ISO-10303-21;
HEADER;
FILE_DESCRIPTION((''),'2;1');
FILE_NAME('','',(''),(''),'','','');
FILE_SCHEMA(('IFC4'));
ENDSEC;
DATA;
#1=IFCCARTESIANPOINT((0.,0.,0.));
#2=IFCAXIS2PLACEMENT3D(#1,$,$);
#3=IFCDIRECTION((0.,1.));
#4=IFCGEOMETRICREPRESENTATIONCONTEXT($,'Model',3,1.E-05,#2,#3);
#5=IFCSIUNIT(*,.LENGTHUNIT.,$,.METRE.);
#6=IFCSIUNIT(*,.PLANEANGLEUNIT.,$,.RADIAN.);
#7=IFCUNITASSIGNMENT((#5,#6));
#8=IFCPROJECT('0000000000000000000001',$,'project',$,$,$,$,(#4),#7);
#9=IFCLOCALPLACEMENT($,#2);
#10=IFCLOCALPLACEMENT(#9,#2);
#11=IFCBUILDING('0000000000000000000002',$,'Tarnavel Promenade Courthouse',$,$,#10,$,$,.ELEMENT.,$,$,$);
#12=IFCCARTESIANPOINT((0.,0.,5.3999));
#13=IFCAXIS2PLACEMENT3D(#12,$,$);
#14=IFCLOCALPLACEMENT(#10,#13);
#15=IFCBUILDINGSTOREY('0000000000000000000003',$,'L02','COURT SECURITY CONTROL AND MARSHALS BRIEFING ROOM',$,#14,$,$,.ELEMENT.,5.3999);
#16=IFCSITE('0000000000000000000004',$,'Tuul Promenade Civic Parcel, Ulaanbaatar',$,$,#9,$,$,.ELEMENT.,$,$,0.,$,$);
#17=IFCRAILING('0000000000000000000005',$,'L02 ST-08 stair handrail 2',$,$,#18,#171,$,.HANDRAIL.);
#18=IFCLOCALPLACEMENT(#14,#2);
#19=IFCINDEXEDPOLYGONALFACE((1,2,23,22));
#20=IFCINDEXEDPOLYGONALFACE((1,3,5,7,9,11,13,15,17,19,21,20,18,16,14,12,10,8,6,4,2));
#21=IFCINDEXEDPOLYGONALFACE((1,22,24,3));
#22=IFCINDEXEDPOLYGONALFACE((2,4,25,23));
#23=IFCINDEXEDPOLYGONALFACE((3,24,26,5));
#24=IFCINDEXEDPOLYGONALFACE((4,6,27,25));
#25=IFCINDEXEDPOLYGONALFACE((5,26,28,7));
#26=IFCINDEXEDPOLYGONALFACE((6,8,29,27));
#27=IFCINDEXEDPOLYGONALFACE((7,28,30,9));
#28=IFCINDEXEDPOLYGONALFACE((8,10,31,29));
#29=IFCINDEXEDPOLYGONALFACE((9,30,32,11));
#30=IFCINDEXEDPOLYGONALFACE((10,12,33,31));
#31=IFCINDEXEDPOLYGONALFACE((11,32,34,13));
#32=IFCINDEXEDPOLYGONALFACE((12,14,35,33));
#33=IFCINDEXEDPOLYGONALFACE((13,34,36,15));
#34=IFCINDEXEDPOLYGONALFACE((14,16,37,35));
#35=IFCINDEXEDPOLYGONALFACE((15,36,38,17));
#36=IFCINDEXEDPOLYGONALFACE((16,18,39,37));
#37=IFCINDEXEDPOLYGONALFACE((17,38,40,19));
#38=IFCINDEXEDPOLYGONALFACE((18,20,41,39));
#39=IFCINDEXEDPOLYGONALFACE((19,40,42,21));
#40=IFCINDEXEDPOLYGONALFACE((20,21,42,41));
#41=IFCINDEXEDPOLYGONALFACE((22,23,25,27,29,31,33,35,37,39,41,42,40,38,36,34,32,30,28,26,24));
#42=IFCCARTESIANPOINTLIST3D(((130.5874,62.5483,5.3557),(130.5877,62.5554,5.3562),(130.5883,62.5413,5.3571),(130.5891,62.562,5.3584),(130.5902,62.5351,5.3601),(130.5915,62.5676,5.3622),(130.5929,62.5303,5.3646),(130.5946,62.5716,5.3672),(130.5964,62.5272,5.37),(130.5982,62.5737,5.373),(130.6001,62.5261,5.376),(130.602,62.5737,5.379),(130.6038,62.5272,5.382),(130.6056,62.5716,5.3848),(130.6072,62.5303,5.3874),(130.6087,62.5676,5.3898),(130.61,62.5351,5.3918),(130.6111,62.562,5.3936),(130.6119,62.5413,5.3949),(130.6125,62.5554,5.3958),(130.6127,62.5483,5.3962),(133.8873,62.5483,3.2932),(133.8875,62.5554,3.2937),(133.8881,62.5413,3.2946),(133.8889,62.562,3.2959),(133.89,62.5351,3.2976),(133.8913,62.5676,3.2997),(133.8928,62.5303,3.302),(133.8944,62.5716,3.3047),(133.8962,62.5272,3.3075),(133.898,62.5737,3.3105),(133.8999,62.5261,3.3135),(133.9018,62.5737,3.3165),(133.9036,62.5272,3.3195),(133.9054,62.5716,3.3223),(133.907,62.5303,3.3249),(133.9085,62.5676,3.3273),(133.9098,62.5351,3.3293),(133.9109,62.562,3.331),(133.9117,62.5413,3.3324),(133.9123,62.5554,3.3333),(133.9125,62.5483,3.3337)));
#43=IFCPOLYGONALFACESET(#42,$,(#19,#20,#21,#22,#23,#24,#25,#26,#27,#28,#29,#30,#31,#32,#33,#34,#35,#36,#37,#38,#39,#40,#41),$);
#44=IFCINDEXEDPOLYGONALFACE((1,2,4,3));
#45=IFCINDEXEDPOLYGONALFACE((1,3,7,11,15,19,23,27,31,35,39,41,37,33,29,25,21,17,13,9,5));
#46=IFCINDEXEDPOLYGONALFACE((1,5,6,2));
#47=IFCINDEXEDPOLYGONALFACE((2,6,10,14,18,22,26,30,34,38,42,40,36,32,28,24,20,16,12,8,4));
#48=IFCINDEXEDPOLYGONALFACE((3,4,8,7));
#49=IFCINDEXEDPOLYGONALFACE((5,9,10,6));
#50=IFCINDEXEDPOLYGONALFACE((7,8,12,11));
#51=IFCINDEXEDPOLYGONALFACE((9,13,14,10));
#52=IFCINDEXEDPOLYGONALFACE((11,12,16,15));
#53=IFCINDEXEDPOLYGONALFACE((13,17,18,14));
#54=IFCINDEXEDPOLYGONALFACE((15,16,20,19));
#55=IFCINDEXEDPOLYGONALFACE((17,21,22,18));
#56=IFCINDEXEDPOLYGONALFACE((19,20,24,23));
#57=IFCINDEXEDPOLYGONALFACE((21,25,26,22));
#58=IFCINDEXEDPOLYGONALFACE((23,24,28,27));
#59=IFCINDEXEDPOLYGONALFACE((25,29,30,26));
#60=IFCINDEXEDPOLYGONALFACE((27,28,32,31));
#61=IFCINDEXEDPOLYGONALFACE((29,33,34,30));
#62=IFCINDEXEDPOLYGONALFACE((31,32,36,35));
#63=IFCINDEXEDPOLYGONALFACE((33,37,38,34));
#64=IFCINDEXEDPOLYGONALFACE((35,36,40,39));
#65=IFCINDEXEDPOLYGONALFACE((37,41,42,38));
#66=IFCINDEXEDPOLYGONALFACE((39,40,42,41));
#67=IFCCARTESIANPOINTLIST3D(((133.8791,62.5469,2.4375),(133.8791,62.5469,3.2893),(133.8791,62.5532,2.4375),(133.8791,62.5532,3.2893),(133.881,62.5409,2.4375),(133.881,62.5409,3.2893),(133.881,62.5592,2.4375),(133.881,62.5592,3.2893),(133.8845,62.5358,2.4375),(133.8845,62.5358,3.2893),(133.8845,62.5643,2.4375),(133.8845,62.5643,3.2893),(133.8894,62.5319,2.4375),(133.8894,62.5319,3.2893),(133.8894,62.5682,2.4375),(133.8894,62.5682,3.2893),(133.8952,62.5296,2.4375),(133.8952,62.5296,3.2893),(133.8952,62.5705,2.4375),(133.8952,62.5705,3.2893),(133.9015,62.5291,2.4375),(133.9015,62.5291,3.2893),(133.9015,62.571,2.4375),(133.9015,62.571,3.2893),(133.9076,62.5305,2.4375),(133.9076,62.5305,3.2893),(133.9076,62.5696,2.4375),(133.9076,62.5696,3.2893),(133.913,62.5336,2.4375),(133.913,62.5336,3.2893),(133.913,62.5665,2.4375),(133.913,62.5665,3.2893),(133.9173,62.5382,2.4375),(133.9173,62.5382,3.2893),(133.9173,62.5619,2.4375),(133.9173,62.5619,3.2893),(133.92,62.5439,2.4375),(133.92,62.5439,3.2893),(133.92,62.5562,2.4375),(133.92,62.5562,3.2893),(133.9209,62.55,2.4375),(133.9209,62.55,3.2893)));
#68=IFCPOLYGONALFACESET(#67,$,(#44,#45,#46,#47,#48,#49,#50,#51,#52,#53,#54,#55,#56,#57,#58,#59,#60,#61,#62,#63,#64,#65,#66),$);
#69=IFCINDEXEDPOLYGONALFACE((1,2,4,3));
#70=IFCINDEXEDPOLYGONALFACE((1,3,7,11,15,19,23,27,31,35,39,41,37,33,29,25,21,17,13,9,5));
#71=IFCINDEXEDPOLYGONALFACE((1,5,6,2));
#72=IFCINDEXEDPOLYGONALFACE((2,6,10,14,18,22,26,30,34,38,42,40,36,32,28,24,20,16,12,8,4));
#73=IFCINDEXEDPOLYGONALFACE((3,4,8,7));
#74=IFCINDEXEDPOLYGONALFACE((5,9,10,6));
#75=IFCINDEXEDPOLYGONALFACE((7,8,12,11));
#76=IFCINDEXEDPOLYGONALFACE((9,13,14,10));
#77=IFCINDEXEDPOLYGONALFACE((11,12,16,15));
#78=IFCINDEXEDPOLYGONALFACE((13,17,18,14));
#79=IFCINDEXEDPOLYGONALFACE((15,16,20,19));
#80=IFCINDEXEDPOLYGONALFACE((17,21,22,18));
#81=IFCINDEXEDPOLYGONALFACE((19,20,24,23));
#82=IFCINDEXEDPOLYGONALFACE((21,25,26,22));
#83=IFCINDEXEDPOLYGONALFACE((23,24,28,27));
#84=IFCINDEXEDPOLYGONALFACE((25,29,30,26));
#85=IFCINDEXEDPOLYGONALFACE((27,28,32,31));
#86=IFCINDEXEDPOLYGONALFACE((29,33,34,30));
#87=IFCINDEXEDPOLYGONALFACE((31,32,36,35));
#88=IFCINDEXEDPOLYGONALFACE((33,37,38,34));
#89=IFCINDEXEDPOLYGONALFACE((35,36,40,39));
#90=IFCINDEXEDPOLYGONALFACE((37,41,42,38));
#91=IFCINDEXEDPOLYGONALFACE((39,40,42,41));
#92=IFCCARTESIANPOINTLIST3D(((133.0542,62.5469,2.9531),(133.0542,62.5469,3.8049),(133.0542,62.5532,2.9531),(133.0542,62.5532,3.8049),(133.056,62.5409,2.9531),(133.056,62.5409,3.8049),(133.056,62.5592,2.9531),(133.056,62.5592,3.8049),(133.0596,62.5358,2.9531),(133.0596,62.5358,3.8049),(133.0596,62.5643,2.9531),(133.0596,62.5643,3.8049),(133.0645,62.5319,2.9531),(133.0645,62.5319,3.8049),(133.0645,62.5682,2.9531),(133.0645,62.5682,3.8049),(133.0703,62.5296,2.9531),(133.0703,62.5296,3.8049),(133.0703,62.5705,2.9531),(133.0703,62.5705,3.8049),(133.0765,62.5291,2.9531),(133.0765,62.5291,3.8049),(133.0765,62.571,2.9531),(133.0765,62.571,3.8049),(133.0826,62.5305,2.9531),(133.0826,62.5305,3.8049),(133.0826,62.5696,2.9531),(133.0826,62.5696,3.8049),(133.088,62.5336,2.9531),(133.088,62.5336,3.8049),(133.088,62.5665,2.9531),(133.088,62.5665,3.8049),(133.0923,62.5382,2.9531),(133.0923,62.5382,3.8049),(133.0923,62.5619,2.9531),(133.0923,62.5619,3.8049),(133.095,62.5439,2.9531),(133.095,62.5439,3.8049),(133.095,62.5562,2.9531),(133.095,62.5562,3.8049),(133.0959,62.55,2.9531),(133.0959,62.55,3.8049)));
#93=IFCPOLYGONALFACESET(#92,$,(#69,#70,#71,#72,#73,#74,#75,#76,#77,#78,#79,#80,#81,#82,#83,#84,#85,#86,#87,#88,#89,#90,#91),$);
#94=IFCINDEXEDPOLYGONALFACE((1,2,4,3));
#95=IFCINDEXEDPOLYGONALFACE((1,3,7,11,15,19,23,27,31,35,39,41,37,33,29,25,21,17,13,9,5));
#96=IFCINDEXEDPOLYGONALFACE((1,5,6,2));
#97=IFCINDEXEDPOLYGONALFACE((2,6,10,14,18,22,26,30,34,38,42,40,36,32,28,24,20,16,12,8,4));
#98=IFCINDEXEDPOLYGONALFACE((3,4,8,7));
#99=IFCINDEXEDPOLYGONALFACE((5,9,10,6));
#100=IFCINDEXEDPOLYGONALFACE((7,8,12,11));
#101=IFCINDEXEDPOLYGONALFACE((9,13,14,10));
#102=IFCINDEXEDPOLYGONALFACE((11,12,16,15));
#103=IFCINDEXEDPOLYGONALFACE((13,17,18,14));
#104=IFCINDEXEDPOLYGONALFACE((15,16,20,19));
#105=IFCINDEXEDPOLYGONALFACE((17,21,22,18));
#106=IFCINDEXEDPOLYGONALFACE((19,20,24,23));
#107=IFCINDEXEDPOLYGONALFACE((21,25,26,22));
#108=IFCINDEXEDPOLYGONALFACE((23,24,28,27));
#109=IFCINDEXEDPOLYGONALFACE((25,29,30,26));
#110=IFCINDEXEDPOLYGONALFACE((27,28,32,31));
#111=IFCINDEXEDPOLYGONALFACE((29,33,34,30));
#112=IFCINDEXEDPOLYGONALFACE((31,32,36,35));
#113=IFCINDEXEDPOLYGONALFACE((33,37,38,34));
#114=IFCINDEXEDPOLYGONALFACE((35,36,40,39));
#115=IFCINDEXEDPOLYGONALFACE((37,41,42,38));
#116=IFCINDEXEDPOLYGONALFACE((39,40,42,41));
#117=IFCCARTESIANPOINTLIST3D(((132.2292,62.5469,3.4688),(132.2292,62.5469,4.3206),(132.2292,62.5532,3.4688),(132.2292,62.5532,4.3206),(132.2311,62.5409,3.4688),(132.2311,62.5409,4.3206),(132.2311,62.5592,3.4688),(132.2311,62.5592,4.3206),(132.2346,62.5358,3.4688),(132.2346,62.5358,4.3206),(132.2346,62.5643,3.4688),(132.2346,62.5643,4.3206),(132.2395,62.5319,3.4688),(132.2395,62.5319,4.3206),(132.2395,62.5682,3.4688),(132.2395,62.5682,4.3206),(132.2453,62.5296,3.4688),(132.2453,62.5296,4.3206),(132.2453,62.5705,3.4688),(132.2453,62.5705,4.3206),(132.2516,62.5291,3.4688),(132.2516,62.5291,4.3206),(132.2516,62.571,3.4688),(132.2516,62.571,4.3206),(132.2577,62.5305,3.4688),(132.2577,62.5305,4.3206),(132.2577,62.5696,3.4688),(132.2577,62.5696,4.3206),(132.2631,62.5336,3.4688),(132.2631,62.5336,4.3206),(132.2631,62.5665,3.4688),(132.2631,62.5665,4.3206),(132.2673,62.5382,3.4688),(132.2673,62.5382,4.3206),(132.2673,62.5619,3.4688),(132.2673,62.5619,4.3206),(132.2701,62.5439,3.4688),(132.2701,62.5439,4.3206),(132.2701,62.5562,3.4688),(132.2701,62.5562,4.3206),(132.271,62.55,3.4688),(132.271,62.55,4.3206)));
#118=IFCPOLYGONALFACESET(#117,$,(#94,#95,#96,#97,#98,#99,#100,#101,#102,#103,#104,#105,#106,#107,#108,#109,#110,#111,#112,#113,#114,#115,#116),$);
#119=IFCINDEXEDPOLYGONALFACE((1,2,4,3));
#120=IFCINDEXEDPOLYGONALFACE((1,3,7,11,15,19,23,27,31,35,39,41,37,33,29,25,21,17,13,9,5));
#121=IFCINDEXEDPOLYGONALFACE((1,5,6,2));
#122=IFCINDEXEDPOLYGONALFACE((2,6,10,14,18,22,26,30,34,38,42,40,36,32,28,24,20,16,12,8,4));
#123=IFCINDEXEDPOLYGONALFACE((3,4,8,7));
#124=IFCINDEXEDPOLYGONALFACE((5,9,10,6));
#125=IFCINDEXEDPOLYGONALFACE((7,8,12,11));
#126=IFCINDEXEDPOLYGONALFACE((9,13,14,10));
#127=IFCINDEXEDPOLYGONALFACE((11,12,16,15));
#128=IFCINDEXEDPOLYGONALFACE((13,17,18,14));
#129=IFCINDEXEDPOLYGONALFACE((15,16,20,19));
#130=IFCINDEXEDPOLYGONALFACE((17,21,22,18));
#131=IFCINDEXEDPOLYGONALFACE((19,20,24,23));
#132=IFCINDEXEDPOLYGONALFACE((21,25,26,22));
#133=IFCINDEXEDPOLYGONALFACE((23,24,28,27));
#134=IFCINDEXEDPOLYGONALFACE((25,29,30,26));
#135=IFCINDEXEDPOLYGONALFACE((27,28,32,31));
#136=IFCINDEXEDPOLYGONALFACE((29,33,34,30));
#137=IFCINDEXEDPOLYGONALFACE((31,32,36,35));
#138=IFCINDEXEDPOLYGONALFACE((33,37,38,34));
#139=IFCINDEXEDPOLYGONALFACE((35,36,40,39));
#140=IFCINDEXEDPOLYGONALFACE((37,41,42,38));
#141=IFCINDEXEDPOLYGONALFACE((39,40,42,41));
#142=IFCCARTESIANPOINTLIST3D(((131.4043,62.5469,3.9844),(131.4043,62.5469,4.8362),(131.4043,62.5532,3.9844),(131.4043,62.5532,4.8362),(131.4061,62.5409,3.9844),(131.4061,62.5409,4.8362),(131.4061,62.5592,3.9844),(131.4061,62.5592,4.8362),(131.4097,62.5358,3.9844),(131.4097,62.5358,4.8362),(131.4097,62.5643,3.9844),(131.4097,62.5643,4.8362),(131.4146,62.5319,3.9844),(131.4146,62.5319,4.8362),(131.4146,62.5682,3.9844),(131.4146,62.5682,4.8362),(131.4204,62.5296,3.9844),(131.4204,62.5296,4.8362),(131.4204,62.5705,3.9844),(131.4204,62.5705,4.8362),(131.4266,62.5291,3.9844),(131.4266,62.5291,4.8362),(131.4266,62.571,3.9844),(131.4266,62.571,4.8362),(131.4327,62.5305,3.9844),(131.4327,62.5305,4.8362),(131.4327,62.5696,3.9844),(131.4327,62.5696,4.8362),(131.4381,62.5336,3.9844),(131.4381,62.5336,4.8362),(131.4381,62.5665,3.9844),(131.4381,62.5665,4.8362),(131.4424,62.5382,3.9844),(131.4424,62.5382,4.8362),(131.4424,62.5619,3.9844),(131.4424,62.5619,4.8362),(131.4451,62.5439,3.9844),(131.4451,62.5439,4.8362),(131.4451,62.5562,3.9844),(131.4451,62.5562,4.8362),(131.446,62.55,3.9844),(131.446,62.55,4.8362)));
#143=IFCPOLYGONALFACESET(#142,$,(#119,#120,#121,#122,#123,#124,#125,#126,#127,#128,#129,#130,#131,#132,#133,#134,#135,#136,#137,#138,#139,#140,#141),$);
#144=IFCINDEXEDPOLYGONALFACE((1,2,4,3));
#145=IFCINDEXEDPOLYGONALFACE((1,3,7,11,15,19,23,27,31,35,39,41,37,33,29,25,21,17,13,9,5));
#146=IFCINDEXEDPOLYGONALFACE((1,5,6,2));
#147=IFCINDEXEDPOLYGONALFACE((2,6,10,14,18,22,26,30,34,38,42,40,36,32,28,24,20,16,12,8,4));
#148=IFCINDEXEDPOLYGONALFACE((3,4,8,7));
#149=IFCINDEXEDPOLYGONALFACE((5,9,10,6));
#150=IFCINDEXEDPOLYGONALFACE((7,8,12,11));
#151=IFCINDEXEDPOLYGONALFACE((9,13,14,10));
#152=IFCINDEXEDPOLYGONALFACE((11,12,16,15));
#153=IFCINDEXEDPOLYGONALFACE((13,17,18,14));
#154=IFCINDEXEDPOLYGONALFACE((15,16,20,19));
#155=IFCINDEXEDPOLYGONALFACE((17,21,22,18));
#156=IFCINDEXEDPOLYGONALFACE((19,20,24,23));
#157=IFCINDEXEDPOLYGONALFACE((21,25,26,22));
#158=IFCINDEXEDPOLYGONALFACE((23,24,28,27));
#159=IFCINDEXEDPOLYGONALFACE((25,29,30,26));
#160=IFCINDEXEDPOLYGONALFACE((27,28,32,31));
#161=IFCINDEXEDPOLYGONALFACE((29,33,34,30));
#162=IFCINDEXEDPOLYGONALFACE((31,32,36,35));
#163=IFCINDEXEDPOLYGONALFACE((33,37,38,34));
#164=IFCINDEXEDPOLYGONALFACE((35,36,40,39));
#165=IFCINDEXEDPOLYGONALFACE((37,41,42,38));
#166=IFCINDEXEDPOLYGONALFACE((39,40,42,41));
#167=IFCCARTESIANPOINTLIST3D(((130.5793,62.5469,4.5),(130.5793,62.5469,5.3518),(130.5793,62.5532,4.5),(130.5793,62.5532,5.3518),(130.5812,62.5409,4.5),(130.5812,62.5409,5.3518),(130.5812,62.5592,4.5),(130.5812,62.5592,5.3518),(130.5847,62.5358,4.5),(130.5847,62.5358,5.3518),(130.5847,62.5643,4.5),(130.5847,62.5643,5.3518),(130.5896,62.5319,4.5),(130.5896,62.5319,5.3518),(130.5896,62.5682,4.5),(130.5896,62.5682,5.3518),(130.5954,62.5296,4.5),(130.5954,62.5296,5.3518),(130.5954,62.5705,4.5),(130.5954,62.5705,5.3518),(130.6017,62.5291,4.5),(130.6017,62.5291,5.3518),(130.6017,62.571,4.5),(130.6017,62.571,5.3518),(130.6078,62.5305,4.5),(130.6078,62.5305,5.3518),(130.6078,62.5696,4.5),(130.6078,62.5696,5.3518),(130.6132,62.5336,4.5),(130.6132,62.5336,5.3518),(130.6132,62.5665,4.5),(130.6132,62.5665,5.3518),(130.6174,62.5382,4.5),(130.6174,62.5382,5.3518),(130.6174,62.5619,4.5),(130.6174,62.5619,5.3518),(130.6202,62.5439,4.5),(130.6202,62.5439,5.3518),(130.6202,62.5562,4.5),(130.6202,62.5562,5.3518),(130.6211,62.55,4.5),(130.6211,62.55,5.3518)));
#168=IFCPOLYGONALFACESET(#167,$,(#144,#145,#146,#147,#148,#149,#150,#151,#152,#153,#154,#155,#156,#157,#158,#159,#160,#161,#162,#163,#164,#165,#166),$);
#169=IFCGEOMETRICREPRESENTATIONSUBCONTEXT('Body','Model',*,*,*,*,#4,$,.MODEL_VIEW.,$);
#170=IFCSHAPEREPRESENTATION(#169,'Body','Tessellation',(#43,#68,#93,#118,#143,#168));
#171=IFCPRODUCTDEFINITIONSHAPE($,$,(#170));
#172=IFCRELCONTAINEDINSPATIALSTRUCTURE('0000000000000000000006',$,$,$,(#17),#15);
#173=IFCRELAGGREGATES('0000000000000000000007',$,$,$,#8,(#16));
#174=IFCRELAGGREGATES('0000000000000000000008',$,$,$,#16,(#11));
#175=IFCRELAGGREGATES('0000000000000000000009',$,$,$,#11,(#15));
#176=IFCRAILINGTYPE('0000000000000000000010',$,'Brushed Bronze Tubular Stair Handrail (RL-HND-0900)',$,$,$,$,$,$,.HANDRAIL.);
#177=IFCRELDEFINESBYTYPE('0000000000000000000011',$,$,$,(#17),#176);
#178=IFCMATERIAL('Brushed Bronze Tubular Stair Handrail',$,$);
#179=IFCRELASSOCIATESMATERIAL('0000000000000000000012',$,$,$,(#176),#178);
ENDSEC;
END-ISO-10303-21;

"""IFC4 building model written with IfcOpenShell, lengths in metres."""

from ifc_helpers import new_model, si_unit, direction, frame, origin, origin_2d, place, context, subcontext, project, spatial, circle, extrude, material, type_object, element, save


model = new_model("IFC4")

# Units and contexts
model_context = context("Model", 3, precision=1e-05, world=origin(), true_north=direction((0.0, 1.0)))
body_context = subcontext(model_context, "Body", "Model", "MODEL_VIEW")
ifc_project = project(units=[si_unit("LENGTHUNIT", "METRE"), si_unit("PLANEANGLEUNIT", "RADIAN")], contexts=[model_context])

# Site, building, storey
site_placement = place(None, origin())
site = spatial("IfcSite", under=ifc_project, at=site_placement, Name="Tuul Promenade Civic Parcel, Ulaanbaatar", CompositionType="ELEMENT", RefElevation=0.0)
building_placement = place(site_placement, origin())
building = spatial("IfcBuilding", under=site, at=building_placement, Name="Tarnavel Promenade Courthouse", CompositionType="ELEMENT")
storey_placement = place(building_placement, frame((0.0, 0.0, 5.3999)))
storey = spatial("IfcBuildingStorey", under=building, at=storey_placement, Name="L02", Description="COURT SECURITY CONTROL AND MARSHALS BRIEFING ROOM", CompositionType="ELEMENT", Elevation=5.3999)

# Railing
ifc_material_1 = material(Name="Brushed Bronze Tubular Stair Handrail")
railing_type_1 = type_object("IfcRailingType", Name="Brushed Bronze Tubular Stair Handrail (RL-HND-0900)", PredefinedType="HANDRAIL", material=ifc_material_1)
railing_1_placement = place(storey_placement, frame((133.8999, 62.55, 2.4375)))
element("IfcRailing", 1, at=railing_1_placement, inside=storey, type_object=railing_type_1, Name="L02 ST-08 stair handrail 2", PredefinedType="HANDRAIL", context=body_context, shape_type="SweptSolid", body=[
    extrude(circle(Radius=0.0239, at=origin_2d()), frame((0.0, 0.0, 0.876), z_axis=(-0.847984, 0.0, 0.530021), x_axis=(0.0, -1.0, 0.0)), (0.0, 0.0, 1.0), 3.8914),
    extrude(circle(Radius=0.021, at=origin_2d()), origin(), (0.0, 0.0, 1.0), 0.8518),
    extrude(circle(Radius=0.021, at=origin_2d()), frame((-0.825, 0.0, 0.5156)), (0.0, 0.0, 1.0), 0.8518),
    extrude(circle(Radius=0.021, at=origin_2d()), frame((-1.6499, 0.0, 1.0312)), (0.0, 0.0, 1.0), 0.8518),
    extrude(circle(Radius=0.021, at=origin_2d()), frame((-2.4749, 0.0, 1.5469)), (0.0, 0.0, 1.0), 0.8518),
    extrude(circle(Radius=0.021, at=origin_2d()), frame((-3.2998, 0.0, 2.0625)), (0.0, 0.0, 1.0), 0.8518),
])

save(model, "model.ifc")
